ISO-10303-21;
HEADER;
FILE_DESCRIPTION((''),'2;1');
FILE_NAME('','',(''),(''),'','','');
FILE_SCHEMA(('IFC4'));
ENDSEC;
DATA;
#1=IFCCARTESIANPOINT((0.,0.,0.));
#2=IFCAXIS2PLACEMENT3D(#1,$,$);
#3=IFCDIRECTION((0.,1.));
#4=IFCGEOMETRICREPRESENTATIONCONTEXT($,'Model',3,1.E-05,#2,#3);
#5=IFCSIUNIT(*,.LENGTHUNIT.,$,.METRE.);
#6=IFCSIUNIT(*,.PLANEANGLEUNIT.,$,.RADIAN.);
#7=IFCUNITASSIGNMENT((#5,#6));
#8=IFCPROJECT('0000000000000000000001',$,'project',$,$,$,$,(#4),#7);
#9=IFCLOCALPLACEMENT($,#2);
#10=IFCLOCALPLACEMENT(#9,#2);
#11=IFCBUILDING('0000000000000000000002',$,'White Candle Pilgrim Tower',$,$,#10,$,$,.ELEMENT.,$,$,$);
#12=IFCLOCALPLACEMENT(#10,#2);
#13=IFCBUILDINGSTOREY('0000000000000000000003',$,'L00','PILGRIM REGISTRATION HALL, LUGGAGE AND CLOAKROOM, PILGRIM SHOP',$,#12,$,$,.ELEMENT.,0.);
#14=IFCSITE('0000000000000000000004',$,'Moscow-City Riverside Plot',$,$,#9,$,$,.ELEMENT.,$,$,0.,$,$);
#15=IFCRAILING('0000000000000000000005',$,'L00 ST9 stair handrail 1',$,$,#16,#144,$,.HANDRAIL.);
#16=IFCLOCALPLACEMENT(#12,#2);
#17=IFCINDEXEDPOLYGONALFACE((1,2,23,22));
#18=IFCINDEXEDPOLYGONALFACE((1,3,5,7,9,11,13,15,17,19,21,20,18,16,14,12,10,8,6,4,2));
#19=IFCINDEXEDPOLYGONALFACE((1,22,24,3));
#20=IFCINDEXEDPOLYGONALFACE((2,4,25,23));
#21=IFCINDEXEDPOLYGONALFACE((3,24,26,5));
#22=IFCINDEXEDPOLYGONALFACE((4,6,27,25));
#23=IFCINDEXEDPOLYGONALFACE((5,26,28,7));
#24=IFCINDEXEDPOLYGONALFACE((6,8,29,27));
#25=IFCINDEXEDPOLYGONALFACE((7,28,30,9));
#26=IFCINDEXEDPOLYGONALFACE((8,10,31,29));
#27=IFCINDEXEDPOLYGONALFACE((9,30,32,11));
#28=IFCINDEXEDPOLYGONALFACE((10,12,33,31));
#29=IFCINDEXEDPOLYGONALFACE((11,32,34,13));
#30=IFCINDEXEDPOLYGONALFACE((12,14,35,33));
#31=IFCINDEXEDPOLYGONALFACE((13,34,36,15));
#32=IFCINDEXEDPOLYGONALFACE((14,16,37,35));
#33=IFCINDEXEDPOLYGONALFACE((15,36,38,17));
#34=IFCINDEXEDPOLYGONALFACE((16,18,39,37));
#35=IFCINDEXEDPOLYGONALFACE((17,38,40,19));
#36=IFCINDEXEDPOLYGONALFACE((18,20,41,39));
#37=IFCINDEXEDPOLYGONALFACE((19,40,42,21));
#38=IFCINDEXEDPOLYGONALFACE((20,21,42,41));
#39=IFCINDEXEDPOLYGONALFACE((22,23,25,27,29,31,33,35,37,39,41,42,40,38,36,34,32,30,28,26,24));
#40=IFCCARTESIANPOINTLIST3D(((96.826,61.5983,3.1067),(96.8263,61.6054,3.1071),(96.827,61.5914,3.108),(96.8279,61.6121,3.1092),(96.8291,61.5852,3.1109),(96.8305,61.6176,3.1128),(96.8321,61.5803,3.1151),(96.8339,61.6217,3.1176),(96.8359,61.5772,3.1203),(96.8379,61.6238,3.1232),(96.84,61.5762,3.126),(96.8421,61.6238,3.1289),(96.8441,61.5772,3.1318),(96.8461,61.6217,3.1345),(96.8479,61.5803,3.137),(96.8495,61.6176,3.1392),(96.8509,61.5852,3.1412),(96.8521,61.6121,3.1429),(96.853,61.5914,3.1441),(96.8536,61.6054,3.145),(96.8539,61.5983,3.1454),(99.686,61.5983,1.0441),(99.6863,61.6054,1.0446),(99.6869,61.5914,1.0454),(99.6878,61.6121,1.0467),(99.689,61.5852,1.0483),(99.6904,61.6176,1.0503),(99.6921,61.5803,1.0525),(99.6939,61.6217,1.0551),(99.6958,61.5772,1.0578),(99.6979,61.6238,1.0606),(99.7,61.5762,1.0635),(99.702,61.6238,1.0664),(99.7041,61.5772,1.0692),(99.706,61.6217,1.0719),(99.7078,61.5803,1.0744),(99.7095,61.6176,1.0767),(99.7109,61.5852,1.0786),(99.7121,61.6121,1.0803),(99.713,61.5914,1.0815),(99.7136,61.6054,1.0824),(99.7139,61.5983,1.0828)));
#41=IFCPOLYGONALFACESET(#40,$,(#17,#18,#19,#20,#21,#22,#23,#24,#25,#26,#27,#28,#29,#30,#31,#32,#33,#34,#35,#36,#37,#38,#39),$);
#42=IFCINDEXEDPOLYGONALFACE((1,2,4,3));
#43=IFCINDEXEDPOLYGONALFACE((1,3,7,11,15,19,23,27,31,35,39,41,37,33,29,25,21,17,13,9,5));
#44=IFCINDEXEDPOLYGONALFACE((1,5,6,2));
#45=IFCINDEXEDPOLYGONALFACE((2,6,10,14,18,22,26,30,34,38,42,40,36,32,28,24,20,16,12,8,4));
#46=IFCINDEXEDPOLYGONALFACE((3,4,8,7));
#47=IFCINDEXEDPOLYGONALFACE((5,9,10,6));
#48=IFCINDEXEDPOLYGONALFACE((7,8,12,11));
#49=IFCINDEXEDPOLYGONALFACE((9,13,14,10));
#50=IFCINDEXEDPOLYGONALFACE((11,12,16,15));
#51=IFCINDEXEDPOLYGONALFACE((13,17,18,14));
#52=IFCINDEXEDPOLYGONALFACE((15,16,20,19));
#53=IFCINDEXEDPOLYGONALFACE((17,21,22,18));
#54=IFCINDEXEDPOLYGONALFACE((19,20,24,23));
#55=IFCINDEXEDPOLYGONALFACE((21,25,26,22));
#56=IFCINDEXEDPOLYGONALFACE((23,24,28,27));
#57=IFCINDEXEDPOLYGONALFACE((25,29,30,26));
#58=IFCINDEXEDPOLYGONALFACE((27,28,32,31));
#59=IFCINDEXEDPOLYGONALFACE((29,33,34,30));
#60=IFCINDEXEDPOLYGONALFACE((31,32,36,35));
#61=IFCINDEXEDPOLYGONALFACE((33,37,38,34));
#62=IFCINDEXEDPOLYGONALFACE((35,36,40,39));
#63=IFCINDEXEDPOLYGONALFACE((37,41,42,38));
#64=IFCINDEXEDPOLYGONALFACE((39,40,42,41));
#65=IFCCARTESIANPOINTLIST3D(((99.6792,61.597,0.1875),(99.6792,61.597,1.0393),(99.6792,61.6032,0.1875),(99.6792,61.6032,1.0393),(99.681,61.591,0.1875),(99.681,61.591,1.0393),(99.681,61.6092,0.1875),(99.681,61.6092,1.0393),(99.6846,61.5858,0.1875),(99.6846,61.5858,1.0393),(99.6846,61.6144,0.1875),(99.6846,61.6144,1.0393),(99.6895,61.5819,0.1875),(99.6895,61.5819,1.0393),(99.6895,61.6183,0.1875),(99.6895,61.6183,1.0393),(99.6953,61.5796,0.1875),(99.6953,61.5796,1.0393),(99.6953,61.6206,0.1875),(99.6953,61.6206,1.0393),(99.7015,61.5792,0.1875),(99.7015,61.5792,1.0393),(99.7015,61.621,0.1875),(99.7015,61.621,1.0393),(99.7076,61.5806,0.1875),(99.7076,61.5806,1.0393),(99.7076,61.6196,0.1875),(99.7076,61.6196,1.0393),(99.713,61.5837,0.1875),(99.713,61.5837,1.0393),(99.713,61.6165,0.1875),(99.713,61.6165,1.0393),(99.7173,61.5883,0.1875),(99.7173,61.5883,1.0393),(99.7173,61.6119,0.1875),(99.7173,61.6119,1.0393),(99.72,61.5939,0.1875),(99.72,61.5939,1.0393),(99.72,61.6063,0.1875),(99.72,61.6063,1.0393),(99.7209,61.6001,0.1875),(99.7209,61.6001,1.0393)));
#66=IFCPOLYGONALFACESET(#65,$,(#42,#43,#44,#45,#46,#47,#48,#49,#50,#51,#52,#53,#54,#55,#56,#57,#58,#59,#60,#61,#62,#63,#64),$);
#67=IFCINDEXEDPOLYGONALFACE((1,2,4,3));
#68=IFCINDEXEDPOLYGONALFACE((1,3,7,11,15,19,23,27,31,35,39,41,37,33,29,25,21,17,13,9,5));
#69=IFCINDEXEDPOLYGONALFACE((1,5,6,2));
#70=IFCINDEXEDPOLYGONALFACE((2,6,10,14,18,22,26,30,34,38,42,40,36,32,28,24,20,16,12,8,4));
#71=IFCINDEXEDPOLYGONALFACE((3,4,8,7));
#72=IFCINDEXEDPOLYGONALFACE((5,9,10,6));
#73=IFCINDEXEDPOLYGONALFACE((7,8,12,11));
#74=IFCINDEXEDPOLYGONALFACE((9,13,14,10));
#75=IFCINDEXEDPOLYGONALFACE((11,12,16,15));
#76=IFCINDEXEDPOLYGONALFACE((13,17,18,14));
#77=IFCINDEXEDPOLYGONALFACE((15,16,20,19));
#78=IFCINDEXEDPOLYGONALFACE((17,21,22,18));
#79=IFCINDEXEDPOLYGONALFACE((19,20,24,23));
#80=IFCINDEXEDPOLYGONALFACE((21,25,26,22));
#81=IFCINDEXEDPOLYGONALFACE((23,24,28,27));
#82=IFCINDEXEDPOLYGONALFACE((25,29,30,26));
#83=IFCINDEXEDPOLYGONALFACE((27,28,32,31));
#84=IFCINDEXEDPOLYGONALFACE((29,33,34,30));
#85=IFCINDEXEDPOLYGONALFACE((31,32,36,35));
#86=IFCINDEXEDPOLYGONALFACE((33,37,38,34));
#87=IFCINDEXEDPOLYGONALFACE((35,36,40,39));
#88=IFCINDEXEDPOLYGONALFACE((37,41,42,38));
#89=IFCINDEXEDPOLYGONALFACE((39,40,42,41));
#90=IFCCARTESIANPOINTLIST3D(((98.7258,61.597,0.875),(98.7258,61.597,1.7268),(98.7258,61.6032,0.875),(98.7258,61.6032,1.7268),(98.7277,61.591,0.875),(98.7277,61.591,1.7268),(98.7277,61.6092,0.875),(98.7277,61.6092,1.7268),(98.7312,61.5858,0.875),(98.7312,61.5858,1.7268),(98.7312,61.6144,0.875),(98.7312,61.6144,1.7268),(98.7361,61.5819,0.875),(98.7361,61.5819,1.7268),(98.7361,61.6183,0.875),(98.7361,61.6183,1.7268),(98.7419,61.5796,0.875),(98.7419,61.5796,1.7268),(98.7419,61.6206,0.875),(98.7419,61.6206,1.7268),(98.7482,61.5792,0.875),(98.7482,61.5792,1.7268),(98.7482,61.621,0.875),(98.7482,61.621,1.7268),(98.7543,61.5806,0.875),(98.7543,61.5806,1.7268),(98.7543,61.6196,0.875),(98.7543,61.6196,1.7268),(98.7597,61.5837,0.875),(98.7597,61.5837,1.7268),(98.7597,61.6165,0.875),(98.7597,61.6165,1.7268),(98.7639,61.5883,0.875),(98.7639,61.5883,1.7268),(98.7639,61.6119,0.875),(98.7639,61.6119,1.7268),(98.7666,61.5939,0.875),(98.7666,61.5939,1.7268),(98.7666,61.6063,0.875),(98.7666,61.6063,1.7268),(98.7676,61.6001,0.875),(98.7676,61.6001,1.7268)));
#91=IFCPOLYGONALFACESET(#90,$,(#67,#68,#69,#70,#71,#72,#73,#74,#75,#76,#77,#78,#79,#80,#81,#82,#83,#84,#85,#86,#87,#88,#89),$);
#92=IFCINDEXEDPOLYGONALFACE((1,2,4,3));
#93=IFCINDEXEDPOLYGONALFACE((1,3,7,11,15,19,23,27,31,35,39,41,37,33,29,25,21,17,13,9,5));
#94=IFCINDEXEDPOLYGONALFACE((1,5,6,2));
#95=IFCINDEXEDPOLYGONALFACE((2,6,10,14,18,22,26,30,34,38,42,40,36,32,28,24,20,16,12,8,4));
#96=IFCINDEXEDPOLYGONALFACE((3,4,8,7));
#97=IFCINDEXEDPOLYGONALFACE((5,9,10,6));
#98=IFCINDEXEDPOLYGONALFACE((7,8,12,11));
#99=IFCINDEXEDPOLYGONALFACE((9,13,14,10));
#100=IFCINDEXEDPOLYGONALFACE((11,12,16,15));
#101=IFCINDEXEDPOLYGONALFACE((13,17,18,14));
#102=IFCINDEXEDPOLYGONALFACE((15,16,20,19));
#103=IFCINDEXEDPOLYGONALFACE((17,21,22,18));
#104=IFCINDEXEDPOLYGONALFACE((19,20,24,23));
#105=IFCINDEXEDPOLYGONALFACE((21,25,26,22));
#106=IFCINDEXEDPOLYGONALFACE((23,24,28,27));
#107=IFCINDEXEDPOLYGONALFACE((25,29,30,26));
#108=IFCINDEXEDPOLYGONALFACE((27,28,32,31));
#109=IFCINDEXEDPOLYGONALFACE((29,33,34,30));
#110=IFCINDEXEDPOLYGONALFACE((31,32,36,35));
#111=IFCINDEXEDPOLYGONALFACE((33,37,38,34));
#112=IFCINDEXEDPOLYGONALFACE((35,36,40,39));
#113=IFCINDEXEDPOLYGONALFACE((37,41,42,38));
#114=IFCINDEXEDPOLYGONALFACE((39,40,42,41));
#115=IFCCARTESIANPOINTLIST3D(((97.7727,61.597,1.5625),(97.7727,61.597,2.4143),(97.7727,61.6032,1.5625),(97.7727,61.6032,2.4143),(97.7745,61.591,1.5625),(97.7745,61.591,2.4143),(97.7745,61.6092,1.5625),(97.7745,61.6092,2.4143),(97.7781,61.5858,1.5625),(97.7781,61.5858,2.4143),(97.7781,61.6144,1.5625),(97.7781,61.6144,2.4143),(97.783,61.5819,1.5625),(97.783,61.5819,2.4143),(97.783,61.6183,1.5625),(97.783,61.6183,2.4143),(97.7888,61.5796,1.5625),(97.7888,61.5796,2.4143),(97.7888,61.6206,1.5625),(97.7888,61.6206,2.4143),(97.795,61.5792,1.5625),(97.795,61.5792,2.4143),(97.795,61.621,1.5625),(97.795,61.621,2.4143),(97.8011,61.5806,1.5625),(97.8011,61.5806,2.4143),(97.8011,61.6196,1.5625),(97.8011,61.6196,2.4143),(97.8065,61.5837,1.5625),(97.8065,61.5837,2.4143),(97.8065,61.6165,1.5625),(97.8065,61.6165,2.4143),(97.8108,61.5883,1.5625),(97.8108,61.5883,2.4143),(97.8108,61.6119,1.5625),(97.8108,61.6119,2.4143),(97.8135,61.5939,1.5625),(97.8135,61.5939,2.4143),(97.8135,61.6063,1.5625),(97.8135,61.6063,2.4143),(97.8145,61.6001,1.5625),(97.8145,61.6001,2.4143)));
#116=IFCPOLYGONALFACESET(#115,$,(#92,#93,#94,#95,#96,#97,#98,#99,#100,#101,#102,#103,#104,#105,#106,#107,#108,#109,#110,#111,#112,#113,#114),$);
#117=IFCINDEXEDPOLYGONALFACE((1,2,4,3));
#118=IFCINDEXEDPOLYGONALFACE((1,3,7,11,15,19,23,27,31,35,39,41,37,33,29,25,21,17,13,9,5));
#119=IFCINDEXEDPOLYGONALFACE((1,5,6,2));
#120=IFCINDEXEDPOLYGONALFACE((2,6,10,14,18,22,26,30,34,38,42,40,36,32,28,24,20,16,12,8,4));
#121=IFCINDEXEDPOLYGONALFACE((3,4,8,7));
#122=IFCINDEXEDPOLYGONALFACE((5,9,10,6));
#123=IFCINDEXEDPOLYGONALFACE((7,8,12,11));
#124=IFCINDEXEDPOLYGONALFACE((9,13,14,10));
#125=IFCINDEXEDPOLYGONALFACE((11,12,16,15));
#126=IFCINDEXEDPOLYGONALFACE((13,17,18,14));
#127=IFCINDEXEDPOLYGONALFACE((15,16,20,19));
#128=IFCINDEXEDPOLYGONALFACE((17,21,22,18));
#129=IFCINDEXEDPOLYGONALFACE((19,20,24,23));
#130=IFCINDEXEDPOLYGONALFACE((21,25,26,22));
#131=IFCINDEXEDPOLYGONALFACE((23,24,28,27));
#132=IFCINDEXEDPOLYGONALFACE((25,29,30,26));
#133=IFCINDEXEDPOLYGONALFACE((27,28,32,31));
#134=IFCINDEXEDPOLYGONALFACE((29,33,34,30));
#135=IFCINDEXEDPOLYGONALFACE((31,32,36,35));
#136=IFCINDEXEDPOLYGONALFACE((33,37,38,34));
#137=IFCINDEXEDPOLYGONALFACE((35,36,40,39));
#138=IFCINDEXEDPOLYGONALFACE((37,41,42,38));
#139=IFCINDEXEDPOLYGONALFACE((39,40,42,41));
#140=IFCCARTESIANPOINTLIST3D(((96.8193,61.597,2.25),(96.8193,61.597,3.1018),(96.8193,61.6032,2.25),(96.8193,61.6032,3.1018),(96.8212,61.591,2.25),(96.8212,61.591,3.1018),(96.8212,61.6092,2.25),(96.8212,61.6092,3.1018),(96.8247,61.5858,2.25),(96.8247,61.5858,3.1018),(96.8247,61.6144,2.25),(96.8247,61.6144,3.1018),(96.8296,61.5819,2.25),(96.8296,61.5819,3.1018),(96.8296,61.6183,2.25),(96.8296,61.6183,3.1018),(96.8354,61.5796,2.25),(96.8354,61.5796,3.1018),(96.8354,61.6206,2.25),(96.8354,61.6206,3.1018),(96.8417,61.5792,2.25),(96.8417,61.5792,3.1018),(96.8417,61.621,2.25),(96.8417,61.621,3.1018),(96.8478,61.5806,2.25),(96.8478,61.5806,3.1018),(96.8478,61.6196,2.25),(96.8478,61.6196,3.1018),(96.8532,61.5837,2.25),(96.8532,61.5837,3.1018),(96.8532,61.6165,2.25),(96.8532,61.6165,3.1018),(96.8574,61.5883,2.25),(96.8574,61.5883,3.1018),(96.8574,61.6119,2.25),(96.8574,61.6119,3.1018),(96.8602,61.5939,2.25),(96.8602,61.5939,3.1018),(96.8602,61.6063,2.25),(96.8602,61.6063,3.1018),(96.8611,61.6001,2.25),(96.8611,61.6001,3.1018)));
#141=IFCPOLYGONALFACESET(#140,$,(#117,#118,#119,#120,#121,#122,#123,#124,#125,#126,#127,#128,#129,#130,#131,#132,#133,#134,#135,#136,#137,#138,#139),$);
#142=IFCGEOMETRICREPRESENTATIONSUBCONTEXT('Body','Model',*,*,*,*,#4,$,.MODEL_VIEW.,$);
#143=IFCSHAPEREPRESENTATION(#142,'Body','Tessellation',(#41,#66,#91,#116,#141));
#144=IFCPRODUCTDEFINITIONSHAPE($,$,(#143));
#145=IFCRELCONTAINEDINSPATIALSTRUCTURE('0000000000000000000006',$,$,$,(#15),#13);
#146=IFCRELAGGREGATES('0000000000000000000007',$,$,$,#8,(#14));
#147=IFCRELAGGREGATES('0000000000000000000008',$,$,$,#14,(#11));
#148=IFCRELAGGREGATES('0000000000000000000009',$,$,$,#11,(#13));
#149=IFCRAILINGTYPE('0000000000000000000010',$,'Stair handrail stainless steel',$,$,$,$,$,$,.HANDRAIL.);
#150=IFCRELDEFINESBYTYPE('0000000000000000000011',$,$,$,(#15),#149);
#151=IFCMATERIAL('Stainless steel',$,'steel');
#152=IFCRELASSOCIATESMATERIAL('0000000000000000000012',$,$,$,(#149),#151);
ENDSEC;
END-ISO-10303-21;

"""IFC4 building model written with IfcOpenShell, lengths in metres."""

from ifc_helpers import new_model, si_unit, direction, frame, origin, origin_2d, place, context, subcontext, project, spatial, circle, extrude, material, type_object, element, save


model = new_model("IFC4")

# Units and contexts
model_context = context("Model", 3, precision=1e-05, world=origin(), true_north=direction((0.0, 1.0)))
body_context = subcontext(model_context, "Body", "Model", "MODEL_VIEW")
ifc_project = project(units=[si_unit("LENGTHUNIT", "METRE"), si_unit("PLANEANGLEUNIT", "RADIAN")], contexts=[model_context])

# Site, building, storey
site_placement = place(None, origin())
site = spatial("IfcSite", under=ifc_project, at=site_placement, Name="Moscow-City Riverside Plot", CompositionType="ELEMENT", RefElevation=0.0)
building_placement = place(site_placement, origin())
building = spatial("IfcBuilding", under=site, at=building_placement, Name="White Candle Pilgrim Tower", CompositionType="ELEMENT")
storey_placement = place(building_placement, origin())
storey = spatial("IfcBuildingStorey", under=building, at=storey_placement, Name="L00", Description="PILGRIM REGISTRATION HALL, LUGGAGE AND CLOAKROOM, PILGRIM SHOP", CompositionType="ELEMENT", Elevation=0.0)

# Railing
ifc_material_1 = material(Name="Stainless steel", Category="steel")
railing_type_1 = type_object("IfcRailingType", Name="Stair handrail stainless steel", PredefinedType="HANDRAIL", material=ifc_material_1)
railing_1_placement = place(storey_placement, frame((99.7, 61.6001, 0.1875)))
element("IfcRailing", 1, at=railing_1_placement, inside=storey, type_object=railing_type_1, Name="L00 ST9 stair handrail 1", PredefinedType="HANDRAIL", context=body_context, shape_type="SweptSolid", body=[
    extrude(circle(Radius=0.0239, at=origin_2d()), frame((0.0, 0.0, 0.876), z_axis=(-0.811077, 0.0, 0.584939), x_axis=(0.0, -1.0, 0.0)), (0.0, 0.0, 1.0), 3.5261),
    extrude(circle(Radius=0.021, at=origin_2d()), origin(), (0.0, 0.0, 1.0), 0.8518),
    extrude(circle(Radius=0.021, at=origin_2d()), frame((-0.9534, 0.0, 0.6875)), (0.0, 0.0, 1.0), 0.8518),
    extrude(circle(Radius=0.021, at=origin_2d()), frame((-1.9065, 0.0, 1.375)), (0.0, 0.0, 1.0), 0.8518),
    extrude(circle(Radius=0.021, at=origin_2d()), frame((-2.8599, 0.0, 2.0625)), (0.0, 0.0, 1.0), 0.8518),
])

save(model, "model.ifc")
